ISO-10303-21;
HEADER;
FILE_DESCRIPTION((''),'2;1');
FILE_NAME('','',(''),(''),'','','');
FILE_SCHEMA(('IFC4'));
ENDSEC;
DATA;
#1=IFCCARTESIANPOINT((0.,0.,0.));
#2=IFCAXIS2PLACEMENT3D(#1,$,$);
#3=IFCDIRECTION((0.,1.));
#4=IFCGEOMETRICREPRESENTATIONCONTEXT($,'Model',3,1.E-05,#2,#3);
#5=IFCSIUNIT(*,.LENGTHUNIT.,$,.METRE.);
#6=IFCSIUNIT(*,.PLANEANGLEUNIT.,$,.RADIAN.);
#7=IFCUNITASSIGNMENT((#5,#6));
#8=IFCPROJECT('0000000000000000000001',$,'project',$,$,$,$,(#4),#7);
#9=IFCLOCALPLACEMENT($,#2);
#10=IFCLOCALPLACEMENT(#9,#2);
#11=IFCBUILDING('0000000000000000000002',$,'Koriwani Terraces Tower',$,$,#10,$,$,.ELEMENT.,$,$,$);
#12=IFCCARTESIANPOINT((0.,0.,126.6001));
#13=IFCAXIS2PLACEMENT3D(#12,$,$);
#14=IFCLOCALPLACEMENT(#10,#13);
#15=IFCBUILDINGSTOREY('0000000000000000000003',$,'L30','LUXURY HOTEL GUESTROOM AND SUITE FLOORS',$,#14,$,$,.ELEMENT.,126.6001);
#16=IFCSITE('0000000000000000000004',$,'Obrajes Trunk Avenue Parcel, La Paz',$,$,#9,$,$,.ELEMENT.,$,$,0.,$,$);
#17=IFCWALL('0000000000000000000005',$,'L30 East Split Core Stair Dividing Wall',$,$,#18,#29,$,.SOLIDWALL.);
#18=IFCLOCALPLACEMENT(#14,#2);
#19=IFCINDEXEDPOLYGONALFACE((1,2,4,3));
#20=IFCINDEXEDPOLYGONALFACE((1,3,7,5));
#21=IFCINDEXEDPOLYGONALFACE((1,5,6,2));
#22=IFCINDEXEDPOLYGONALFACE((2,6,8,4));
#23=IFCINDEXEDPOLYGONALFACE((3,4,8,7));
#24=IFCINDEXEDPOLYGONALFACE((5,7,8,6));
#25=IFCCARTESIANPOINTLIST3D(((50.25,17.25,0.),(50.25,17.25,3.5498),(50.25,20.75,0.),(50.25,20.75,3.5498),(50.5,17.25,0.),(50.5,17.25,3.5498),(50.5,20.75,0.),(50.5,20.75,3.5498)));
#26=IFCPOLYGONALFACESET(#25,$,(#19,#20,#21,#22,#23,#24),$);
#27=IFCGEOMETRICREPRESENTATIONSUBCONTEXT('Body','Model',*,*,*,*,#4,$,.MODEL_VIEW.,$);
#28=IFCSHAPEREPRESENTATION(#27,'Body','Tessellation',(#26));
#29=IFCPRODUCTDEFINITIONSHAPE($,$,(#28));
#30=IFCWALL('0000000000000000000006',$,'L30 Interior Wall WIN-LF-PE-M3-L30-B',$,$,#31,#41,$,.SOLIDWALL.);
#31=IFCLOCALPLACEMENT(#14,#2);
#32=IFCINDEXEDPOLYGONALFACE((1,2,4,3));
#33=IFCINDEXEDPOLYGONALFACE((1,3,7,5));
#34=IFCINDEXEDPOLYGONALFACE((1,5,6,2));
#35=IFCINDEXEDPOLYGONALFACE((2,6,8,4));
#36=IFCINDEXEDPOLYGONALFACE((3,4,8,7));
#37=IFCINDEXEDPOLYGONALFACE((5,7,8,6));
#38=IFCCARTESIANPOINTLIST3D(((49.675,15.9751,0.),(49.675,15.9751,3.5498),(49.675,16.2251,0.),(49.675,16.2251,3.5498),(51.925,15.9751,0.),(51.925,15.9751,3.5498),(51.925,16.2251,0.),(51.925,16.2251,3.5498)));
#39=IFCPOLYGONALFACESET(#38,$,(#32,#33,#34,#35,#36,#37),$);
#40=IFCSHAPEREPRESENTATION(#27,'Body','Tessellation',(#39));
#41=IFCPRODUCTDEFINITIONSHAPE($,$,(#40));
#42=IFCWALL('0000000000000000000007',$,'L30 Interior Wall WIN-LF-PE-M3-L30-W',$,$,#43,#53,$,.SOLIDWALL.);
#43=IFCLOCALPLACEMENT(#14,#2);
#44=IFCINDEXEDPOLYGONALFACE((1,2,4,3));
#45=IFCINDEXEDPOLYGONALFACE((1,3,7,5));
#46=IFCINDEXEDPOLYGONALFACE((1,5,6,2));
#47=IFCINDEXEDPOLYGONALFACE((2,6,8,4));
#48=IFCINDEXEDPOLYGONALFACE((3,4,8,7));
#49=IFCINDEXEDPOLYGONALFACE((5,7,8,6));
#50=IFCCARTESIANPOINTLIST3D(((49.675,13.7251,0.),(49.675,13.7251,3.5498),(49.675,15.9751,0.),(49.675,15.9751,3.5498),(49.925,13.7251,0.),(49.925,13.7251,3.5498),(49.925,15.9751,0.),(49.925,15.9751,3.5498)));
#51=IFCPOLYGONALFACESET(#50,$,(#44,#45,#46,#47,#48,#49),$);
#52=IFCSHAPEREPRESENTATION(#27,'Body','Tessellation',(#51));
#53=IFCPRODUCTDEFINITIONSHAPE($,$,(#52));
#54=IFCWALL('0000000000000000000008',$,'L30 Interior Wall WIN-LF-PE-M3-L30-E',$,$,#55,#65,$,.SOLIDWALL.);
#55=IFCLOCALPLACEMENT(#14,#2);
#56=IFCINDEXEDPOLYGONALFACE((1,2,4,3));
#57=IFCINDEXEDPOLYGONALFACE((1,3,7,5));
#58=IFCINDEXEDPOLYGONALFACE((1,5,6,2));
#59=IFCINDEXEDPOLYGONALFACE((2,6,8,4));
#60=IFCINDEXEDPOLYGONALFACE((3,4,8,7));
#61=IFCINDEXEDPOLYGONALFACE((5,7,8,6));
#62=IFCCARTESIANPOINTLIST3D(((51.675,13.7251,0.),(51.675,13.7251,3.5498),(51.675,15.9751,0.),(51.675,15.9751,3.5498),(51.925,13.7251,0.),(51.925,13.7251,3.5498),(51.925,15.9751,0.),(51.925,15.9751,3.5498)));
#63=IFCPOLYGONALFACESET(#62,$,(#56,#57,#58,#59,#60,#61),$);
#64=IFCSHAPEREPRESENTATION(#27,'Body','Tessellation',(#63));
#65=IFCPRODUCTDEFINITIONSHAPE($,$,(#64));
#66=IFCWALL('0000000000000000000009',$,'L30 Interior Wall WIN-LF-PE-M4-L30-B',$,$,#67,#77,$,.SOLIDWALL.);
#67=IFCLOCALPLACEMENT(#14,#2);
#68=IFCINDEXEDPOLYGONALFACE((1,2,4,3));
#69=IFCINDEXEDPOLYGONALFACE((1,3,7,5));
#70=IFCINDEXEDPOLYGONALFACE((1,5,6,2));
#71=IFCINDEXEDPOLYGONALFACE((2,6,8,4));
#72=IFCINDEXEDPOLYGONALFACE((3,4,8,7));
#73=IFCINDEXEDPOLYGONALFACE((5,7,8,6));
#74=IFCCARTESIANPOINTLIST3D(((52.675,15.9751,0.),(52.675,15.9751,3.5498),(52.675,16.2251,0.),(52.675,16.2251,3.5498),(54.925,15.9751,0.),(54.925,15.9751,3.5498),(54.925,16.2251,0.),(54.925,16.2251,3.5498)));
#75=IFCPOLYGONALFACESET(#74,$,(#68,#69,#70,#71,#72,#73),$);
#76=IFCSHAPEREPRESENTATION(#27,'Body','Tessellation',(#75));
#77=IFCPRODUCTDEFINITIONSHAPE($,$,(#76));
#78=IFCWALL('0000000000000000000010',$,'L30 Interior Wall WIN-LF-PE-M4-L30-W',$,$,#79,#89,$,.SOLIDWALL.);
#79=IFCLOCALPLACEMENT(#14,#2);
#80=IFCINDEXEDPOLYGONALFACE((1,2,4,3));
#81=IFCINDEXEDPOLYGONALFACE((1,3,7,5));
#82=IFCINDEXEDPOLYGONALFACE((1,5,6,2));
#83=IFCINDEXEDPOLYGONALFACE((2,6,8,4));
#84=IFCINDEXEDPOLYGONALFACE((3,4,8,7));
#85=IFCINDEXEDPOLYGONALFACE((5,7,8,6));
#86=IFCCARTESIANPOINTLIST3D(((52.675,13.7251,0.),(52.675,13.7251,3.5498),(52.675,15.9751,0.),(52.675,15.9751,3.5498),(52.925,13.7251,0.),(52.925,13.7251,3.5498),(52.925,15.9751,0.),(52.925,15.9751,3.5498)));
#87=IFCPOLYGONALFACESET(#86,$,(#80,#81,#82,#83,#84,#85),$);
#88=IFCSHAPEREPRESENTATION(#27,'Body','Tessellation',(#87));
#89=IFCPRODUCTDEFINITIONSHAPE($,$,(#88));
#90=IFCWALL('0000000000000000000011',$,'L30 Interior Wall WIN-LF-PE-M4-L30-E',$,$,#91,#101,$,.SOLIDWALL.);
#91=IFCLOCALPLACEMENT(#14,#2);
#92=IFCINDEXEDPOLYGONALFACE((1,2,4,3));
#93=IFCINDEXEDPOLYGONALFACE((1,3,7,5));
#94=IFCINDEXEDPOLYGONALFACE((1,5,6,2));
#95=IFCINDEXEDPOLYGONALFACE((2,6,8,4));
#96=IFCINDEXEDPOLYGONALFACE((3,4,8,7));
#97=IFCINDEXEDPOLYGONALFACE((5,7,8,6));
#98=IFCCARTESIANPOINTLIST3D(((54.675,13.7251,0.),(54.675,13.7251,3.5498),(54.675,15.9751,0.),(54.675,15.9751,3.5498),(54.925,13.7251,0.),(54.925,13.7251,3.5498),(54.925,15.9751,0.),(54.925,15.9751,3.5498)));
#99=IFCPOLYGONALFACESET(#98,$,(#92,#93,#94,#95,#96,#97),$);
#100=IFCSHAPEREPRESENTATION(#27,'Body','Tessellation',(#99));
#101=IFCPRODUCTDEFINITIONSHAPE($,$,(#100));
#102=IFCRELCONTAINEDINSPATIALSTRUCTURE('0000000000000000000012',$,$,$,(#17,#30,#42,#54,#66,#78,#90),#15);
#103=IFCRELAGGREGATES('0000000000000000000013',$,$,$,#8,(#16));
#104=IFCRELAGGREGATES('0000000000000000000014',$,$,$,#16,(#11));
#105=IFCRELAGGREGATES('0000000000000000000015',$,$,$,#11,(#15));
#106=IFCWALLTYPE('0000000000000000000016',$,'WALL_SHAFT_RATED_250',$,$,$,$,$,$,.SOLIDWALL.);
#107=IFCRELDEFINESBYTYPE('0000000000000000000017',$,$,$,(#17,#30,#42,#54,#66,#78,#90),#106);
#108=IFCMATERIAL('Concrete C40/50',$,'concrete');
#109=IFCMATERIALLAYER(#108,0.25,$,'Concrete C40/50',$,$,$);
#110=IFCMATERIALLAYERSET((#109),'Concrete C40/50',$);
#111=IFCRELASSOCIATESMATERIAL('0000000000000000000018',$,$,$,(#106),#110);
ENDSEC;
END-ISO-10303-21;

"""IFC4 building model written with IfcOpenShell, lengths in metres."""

from ifc_helpers import new_model, si_unit, direction, frame, frame_2d, origin, place, context, subcontext, project, spatial, rectangle, extrude, material, layer, layer_set, type_object, element, save


model = new_model("IFC4")

# Units and contexts
model_context = context("Model", 3, precision=1e-05, world=origin(), true_north=direction((0.0, 1.0)))
body_context = subcontext(model_context, "Body", "Model", "MODEL_VIEW")
ifc_project = project(units=[si_unit("LENGTHUNIT", "METRE"), si_unit("PLANEANGLEUNIT", "RADIAN")], contexts=[model_context])

# Site, building, storey
site_placement = place(None, origin())
site = spatial("IfcSite", under=ifc_project, at=site_placement, Name="Obrajes Trunk Avenue Parcel, La Paz", CompositionType="ELEMENT", RefElevation=0.0)
building_placement = place(site_placement, origin())
building = spatial("IfcBuilding", under=site, at=building_placement, Name="Koriwani Terraces Tower", CompositionType="ELEMENT")
storey_placement = place(building_placement, frame((0.0, 0.0, 126.6001)))
storey = spatial("IfcBuildingStorey", under=building, at=storey_placement, Name="L30", Description="LUXURY HOTEL GUESTROOM AND SUITE FLOORS", CompositionType="ELEMENT", Elevation=126.6001)

# Shared definitions
ifc_material_1 = material(Name="Concrete C40/50", Category="concrete")

# Wall
ifc_layer_1 = layer(ifc_material_1, 0.25, Name="Concrete C40/50")
ifc_layer_set_1 = layer_set([ifc_layer_1], Name="Concrete C40/50")
wall_type_1 = type_object("IfcWallType", Name="WALL_SHAFT_RATED_250", PredefinedType="SOLIDWALL", material=ifc_layer_set_1)
wall_1_placement = place(storey_placement, frame((50.375, 17.25, 0.0), z_axis=(0.0, 0.0, 1.0), x_axis=(0.0, 1.0, 0.0)))
element("IfcWall", 1, at=wall_1_placement, inside=storey, type_object=wall_type_1, Name="L30 East Split Core Stair Dividing Wall", PredefinedType="SOLIDWALL", context=body_context, shape_type="SweptSolid", body=[
    extrude(rectangle(XDim=3.5, YDim=0.25, at=frame_2d((1.75, 0.0))), origin(), (0.0, 0.0, 1.0), 3.5498),
])

# Walls
for number, where, z_axis, x_axis, name in (
    (2, (49.675, 16.1001, 0.0), (0.0, 0.0, 1.0), (1.0, 0.0, 0.0), "L30 Interior Wall WIN-LF-PE-M3-L30-B"),
    (3, (49.8, 13.7251, 0.0), (0.0, 0.0, 1.0), (0.0, 1.0, 0.0), "L30 Interior Wall WIN-LF-PE-M3-L30-W"),
    (4, (51.8, 13.7251, 0.0), (0.0, 0.0, 1.0), (0.0, 1.0, 0.0), "L30 Interior Wall WIN-LF-PE-M3-L30-E"),
):
    element("IfcWall", number, at=place(storey_placement, frame(where, z_axis=z_axis, x_axis=x_axis)), inside=storey, type_object=wall_type_1, Name=name, PredefinedType="SOLIDWALL", context=body_context, shape_type="SweptSolid", body=[
        extrude(rectangle(XDim=2.25, YDim=0.25, at=frame_2d((1.125, 0.0))), origin(), (0.0, 0.0, 1.0), 3.5498),
    ])

# Walls
for number, where, z_axis, x_axis, name in (
    (5, (52.675, 16.1001, 0.0), (0.0, 0.0, 1.0), (1.0, 0.0, 0.0), "L30 Interior Wall WIN-LF-PE-M4-L30-B"),
    (6, (52.8, 13.7251, 0.0), (0.0, 0.0, 1.0), (0.0, 1.0, 0.0), "L30 Interior Wall WIN-LF-PE-M4-L30-W"),
    (7, (54.8, 13.7251, 0.0), (0.0, 0.0, 1.0), (0.0, 1.0, 0.0), "L30 Interior Wall WIN-LF-PE-M4-L30-E"),
):
    element("IfcWall", number, at=place(storey_placement, frame(where, z_axis=z_axis, x_axis=x_axis)), inside=storey, type_object=wall_type_1, Name=name, PredefinedType="SOLIDWALL", context=body_context, shape_type="SweptSolid", body=[
        extrude(rectangle(XDim=2.25, YDim=0.25, at=frame_2d((1.125, 0.0))), origin(), (0.0, 0.0, 1.0), 3.5498),
    ])

save(model, "model.ifc")
